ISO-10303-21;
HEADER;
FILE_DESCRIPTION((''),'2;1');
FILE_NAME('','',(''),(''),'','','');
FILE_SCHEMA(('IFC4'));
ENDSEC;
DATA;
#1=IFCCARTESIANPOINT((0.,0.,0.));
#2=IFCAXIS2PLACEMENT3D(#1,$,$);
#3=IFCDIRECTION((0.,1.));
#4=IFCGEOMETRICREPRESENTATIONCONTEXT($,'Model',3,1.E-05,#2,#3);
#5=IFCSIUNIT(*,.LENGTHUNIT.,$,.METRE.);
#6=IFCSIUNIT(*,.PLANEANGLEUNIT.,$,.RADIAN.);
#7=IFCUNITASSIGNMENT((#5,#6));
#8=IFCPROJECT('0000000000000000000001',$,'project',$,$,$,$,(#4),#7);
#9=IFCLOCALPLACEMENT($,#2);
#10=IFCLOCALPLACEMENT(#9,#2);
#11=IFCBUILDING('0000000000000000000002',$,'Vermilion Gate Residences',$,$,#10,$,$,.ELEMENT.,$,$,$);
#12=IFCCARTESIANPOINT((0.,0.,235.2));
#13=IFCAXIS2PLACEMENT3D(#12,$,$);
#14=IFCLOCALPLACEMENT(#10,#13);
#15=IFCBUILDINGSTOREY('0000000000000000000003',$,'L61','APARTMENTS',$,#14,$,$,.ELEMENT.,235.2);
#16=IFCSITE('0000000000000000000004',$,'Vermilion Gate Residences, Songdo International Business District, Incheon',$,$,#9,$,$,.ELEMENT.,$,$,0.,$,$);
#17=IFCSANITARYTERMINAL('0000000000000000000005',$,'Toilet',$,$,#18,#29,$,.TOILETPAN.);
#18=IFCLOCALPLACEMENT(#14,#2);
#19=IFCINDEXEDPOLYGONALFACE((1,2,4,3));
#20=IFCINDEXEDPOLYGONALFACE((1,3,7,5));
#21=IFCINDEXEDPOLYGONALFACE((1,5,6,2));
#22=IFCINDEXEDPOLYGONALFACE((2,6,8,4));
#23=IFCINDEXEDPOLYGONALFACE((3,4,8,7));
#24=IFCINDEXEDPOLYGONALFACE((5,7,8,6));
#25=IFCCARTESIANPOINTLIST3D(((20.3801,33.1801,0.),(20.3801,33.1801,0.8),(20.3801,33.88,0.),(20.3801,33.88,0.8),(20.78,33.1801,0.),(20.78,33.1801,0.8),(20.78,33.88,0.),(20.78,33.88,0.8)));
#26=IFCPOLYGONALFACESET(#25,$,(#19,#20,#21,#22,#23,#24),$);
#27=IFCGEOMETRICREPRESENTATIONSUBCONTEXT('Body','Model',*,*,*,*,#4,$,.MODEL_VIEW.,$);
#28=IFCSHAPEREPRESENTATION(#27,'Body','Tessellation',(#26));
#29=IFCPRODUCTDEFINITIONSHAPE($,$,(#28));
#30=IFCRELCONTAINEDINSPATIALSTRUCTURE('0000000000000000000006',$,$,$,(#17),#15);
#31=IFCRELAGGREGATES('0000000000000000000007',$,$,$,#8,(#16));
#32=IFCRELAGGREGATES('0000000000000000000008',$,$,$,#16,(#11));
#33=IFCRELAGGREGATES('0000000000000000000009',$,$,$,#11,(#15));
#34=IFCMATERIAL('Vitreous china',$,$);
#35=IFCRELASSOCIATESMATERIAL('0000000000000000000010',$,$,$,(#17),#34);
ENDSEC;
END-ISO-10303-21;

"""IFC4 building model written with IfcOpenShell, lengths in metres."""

from ifc_helpers import new_model, si_unit, direction, frame, origin, origin_2d, place, context, subcontext, project, spatial, rectangle, extrude, material, element, save


model = new_model("IFC4")

# Units and contexts
model_context = context("Model", 3, precision=1e-05, world=origin(), true_north=direction((0.0, 1.0)))
body_context = subcontext(model_context, "Body", "Model", "MODEL_VIEW")
ifc_project = project(units=[si_unit("LENGTHUNIT", "METRE"), si_unit("PLANEANGLEUNIT", "RADIAN")], contexts=[model_context])

# Site, building, storey
site_placement = place(None, origin())
site = spatial("IfcSite", under=ifc_project, at=site_placement, Name="Vermilion Gate Residences, Songdo International Business District, Incheon", CompositionType="ELEMENT", RefElevation=0.0)
building_placement = place(site_placement, origin())
building = spatial("IfcBuilding", under=site, at=building_placement, Name="Vermilion Gate Residences", CompositionType="ELEMENT")
storey_placement = place(building_placement, frame((0.0, 0.0, 235.2)))
storey = spatial("IfcBuildingStorey", under=building, at=storey_placement, Name="L61", Description="APARTMENTS", CompositionType="ELEMENT", Elevation=235.2)

# Sanitary terminal
ifc_material_1 = material(Name="Vitreous china")
sanitary_terminal_1_placement = place(storey_placement, frame((20.5801, 33.53, 0.0), z_axis=(0.0, 0.0, 1.0), x_axis=(1.0, 0.0, 0.0)))
element("IfcSanitaryTerminal", 1, at=sanitary_terminal_1_placement, inside=storey, material=ifc_material_1, Name="Toilet", PredefinedType="TOILETPAN", context=body_context, shape_type="SweptSolid", body=[
    extrude(rectangle(XDim=0.3999, YDim=0.7, at=origin_2d()), origin(), (0.0, 0.0, 1.0), 0.8),
])

save(model, "model.ifc")
